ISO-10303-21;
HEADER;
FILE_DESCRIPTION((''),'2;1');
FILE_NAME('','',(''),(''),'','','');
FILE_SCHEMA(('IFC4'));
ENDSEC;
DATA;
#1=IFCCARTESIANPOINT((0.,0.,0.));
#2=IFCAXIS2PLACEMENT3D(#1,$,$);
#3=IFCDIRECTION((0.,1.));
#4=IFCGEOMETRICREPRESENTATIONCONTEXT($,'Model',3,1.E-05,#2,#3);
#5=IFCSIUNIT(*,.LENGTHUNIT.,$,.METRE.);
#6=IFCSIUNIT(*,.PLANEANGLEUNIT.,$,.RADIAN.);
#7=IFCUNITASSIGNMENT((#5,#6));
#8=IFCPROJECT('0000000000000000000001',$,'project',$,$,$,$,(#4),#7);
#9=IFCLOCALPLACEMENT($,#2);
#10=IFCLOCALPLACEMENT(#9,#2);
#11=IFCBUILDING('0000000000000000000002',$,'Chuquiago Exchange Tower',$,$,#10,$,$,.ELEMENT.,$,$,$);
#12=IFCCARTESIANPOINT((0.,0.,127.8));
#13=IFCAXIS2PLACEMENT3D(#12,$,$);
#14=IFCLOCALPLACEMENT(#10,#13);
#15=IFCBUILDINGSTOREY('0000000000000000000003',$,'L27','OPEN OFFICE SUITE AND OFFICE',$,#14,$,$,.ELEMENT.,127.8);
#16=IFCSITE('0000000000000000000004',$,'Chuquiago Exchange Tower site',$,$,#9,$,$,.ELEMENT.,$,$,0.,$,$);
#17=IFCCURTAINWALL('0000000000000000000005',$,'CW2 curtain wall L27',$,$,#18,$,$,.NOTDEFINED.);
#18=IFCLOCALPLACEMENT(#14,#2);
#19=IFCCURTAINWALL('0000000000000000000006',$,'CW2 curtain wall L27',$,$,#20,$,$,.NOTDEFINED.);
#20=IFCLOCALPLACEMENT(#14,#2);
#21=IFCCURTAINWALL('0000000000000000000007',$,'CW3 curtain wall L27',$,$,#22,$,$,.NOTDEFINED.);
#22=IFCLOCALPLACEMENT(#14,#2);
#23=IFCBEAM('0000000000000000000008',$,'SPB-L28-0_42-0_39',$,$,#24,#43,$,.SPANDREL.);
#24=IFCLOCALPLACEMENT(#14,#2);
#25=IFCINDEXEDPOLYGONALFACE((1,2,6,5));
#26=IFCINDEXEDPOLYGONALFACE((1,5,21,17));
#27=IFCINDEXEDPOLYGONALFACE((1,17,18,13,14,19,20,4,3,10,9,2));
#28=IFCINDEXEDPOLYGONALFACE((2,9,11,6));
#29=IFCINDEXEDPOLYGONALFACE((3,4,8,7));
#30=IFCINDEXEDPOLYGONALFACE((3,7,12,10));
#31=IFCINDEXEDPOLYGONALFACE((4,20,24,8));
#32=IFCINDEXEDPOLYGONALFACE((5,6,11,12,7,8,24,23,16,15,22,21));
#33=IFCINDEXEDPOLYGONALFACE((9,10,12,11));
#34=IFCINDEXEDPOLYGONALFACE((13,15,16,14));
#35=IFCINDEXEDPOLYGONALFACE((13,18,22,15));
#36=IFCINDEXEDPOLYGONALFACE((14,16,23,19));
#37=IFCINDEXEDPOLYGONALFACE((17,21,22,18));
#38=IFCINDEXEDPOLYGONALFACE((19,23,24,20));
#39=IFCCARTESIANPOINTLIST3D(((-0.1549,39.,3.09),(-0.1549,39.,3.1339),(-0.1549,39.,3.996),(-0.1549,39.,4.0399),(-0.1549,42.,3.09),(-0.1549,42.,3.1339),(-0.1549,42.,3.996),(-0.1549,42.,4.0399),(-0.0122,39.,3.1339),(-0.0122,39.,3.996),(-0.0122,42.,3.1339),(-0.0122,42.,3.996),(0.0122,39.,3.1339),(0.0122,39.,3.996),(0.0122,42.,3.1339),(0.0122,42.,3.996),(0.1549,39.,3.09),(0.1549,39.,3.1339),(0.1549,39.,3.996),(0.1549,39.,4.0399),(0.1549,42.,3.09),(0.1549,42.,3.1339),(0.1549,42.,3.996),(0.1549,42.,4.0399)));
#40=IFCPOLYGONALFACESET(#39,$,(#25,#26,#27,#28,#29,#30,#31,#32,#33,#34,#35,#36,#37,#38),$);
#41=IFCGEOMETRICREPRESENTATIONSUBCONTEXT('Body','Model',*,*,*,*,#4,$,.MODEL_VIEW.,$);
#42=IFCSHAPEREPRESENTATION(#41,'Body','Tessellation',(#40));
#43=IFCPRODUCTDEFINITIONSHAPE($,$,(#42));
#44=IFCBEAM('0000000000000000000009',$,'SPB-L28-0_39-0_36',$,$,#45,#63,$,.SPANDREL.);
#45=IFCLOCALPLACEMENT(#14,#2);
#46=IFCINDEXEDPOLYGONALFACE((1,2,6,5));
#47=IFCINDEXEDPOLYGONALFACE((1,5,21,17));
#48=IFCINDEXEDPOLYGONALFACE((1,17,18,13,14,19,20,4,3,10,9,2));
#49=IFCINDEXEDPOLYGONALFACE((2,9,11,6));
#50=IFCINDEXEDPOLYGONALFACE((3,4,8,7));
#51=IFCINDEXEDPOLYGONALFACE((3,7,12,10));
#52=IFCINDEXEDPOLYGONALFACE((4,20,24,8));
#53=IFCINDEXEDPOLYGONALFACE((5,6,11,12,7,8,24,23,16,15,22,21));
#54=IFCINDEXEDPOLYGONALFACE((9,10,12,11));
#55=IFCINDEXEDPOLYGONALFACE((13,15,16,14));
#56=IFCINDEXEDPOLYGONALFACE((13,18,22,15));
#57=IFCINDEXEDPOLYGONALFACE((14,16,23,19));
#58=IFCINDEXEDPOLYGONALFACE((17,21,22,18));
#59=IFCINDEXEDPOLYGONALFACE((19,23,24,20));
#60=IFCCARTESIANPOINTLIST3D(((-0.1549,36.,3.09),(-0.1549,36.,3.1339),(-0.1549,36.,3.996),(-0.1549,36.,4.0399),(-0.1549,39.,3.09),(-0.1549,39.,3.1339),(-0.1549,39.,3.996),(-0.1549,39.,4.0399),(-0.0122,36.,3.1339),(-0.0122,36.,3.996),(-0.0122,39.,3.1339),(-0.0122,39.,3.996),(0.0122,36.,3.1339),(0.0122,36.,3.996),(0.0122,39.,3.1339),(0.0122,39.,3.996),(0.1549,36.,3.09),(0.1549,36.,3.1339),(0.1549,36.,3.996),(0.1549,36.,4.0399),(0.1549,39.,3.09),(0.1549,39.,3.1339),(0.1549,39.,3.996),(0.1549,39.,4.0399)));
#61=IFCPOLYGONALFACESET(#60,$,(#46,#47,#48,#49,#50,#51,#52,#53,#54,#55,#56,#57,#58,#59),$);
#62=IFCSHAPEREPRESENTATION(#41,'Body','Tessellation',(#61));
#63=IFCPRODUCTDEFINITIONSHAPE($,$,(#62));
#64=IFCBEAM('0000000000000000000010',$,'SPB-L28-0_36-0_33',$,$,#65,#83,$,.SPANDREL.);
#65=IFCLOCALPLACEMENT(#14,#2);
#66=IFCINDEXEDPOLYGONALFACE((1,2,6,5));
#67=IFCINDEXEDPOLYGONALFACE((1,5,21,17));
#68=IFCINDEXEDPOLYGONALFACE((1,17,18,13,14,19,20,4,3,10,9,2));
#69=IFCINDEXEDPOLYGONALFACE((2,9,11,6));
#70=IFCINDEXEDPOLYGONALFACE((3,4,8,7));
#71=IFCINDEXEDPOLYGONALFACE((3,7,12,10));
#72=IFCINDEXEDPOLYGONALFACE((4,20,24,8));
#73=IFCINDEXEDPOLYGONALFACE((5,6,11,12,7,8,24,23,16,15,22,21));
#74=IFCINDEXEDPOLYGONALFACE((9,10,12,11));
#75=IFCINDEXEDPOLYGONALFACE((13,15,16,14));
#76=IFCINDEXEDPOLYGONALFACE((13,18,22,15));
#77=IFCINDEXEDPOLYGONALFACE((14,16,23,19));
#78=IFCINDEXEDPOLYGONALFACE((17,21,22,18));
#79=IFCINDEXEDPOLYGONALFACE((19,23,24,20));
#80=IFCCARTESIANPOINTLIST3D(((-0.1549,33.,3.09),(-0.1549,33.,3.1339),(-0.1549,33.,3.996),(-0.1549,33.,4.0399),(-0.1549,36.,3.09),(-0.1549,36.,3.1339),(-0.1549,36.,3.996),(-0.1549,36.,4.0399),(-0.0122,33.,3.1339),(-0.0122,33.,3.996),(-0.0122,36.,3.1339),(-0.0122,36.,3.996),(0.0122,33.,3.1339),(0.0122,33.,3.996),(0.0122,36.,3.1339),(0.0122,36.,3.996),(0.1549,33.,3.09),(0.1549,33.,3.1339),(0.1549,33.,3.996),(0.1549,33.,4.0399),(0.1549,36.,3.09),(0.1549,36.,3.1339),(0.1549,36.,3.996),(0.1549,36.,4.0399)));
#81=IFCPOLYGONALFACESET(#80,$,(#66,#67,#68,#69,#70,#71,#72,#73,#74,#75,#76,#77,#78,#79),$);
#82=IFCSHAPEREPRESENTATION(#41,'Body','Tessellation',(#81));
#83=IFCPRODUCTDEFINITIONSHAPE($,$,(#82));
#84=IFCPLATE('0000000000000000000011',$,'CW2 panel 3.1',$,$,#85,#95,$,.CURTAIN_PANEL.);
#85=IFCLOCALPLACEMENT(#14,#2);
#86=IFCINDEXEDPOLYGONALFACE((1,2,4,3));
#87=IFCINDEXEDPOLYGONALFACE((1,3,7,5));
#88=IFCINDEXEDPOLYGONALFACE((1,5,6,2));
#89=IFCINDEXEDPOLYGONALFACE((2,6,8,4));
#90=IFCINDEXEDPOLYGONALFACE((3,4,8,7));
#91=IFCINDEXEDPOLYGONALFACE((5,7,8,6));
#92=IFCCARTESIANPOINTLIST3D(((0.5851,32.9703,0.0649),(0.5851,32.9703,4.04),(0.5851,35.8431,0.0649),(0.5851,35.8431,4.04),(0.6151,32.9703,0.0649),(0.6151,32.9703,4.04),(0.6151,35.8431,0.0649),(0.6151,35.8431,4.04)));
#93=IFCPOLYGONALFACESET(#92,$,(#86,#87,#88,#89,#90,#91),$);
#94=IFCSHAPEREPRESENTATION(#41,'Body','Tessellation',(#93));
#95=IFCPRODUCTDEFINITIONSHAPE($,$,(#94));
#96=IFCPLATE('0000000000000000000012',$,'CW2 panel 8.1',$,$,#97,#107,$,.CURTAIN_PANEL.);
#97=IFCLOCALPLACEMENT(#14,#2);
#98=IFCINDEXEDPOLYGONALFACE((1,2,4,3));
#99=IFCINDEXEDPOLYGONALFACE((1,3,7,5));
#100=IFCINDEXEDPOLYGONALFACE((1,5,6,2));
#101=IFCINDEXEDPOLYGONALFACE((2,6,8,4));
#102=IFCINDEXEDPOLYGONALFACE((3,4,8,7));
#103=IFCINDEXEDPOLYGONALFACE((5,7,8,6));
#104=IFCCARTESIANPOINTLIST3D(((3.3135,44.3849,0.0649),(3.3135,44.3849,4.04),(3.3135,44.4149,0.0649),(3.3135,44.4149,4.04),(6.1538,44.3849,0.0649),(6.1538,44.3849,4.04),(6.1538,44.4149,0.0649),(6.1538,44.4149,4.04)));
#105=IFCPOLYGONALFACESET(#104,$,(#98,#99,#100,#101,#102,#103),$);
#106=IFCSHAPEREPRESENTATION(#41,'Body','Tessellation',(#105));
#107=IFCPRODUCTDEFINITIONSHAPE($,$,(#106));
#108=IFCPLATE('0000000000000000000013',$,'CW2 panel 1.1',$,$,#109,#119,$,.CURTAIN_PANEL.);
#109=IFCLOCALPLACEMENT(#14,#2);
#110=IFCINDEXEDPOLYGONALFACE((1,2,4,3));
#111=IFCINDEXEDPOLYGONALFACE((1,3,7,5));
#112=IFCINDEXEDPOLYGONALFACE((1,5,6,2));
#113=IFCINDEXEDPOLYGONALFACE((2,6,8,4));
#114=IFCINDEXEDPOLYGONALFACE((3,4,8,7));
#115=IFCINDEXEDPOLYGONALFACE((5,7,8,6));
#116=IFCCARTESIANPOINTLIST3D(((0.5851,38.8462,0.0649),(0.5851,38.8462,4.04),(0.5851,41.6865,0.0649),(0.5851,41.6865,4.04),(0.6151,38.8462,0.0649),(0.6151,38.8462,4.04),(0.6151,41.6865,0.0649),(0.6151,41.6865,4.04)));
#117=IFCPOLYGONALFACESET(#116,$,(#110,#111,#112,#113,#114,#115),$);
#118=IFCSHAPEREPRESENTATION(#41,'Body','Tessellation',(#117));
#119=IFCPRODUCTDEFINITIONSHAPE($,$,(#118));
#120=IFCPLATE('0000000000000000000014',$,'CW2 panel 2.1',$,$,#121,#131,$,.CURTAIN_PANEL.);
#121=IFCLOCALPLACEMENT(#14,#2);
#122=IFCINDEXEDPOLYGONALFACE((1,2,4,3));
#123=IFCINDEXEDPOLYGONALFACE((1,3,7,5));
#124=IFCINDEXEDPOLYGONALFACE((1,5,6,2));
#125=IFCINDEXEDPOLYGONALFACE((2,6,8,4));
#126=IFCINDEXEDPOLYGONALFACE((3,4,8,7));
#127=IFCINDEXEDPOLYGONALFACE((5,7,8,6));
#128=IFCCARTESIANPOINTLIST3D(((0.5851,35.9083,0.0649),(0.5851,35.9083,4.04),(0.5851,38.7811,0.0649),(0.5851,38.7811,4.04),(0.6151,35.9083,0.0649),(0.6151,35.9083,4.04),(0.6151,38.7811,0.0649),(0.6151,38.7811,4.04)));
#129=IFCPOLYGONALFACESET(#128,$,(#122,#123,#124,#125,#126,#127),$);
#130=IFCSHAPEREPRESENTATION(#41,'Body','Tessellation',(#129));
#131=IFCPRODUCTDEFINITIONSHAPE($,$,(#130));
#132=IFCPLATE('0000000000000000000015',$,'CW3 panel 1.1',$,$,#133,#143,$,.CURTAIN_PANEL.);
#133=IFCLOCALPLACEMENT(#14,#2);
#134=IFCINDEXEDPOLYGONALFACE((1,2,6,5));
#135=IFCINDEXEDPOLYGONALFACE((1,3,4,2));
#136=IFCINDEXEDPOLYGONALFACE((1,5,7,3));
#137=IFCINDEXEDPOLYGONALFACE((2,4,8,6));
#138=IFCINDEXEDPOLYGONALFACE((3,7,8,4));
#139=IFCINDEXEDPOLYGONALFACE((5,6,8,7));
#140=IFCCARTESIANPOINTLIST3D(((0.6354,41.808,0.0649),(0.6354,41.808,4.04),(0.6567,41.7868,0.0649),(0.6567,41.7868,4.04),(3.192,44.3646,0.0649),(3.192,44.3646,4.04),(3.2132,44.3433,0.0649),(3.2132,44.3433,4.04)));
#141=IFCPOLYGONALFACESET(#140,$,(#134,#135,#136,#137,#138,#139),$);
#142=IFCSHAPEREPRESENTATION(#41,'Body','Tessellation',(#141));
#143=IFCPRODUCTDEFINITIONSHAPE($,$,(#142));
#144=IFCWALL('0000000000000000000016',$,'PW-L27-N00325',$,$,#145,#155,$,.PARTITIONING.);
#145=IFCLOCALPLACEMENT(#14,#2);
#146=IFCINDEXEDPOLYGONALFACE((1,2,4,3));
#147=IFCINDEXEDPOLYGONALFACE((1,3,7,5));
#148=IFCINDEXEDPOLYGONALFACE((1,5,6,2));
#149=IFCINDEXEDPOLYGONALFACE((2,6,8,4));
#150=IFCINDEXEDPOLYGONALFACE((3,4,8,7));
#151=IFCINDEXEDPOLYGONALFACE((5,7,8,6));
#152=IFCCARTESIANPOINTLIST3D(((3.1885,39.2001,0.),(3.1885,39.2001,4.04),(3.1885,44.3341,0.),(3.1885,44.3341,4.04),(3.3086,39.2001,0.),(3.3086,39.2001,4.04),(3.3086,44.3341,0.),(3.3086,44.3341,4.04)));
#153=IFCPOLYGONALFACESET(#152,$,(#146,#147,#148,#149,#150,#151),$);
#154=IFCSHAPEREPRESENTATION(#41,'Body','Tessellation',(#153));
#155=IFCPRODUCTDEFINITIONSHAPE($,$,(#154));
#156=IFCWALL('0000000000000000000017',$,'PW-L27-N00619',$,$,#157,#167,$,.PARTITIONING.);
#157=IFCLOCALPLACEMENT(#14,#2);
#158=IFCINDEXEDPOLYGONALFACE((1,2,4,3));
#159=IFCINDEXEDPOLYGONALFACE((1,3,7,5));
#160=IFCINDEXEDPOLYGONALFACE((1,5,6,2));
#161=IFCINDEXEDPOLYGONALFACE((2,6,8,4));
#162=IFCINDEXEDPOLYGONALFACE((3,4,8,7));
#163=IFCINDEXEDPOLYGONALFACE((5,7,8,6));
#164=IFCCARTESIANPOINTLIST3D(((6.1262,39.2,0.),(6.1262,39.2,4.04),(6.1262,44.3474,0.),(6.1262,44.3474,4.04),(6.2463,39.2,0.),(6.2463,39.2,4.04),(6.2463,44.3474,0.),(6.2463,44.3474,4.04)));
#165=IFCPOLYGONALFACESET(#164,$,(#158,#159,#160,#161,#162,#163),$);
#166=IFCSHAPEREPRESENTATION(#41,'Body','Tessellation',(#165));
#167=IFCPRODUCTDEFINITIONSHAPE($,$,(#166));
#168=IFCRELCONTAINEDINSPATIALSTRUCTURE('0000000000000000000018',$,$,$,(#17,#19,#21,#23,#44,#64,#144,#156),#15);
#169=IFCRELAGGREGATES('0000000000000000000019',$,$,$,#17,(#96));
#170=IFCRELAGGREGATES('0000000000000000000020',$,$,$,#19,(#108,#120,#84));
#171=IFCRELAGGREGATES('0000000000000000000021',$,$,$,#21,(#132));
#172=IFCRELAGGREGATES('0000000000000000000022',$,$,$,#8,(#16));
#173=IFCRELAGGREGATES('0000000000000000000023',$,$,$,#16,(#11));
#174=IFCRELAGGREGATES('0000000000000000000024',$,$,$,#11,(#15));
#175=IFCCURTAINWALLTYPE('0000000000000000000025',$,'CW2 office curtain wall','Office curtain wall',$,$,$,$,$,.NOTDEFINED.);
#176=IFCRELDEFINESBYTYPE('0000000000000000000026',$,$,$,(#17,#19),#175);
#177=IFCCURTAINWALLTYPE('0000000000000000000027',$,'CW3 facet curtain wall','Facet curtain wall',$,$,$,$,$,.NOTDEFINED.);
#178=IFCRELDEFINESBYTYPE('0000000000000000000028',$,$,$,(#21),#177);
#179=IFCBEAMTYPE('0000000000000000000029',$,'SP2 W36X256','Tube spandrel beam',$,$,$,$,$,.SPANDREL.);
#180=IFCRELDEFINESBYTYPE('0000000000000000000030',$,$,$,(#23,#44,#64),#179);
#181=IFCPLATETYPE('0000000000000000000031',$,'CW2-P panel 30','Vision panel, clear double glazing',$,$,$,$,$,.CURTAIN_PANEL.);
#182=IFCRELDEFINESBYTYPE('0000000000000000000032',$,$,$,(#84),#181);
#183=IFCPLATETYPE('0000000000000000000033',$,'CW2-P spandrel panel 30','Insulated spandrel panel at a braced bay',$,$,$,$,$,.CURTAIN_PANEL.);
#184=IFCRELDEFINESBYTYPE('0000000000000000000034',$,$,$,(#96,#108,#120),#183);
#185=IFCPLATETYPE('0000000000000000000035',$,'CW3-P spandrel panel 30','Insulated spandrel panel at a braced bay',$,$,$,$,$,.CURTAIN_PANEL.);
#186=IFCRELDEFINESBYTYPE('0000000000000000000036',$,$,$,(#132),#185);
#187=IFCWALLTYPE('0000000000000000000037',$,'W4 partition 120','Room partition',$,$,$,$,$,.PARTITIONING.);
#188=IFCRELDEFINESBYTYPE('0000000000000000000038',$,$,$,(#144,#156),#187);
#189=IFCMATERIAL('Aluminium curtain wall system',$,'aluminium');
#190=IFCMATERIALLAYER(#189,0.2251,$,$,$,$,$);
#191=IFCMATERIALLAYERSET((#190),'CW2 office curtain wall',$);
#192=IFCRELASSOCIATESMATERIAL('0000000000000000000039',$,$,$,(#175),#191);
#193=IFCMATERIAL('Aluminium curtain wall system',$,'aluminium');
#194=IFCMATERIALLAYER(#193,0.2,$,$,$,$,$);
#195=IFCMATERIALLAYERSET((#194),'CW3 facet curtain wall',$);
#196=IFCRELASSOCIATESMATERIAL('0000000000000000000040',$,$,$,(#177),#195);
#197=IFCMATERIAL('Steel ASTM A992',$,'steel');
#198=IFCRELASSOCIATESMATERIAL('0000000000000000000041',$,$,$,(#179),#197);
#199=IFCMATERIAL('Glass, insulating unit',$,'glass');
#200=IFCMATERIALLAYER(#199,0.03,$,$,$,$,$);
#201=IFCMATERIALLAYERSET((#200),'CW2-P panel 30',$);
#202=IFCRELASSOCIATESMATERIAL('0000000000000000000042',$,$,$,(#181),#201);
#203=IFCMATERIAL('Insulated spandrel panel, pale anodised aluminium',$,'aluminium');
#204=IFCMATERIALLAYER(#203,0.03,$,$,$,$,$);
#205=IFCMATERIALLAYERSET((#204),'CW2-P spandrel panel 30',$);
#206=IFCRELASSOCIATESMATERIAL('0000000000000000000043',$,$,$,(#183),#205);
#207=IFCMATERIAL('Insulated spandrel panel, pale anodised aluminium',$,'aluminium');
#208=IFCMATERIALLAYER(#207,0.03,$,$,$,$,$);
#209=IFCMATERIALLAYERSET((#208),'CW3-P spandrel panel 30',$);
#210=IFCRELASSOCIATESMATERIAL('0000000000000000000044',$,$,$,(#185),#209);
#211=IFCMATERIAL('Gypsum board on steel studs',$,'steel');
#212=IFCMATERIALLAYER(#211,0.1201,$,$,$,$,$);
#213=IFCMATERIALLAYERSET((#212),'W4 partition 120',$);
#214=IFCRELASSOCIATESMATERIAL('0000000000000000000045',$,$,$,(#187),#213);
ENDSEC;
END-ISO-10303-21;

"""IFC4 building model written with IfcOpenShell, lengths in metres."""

from ifc_helpers import new_model, si_unit, direction, frame, frame_2d, origin, origin_2d, place, context, subcontext, project, spatial, rectangle, i_section, extrude, material, layer, layer_set, material_profile, profile_set, type_object, element, aggregate, save


model = new_model("IFC4")

# Units and contexts
model_context = context("Model", 3, precision=1e-05, world=origin(), true_north=direction((0.0, 1.0)))
body_context = subcontext(model_context, "Body", "Model", "MODEL_VIEW")
ifc_project = project(units=[si_unit("LENGTHUNIT", "METRE"), si_unit("PLANEANGLEUNIT", "RADIAN")], contexts=[model_context])

# Site, building, storey
site_placement = place(None, origin())
site = spatial("IfcSite", under=ifc_project, at=site_placement, Name="Chuquiago Exchange Tower site", CompositionType="ELEMENT", RefElevation=0.0)
building_placement = place(site_placement, origin())
building = spatial("IfcBuilding", under=site, at=building_placement, Name="Chuquiago Exchange Tower", CompositionType="ELEMENT")
storey_placement = place(building_placement, frame((0.0, 0.0, 127.8)))
storey = spatial("IfcBuildingStorey", under=building, at=storey_placement, Name="L27", Description="OPEN OFFICE SUITE AND OFFICE", CompositionType="ELEMENT", Elevation=127.8)

# Curtain walls
ifc_material_1 = material(Name="Aluminium curtain wall system", Category="aluminium")
ifc_layer_1 = layer(ifc_material_1, 0.2251)
ifc_layer_set_1 = layer_set([ifc_layer_1], Name="CW2 office curtain wall")
curtain_wall_type_1 = type_object("IfcCurtainWallType", Name="CW2 office curtain wall", Description="Office curtain wall", PredefinedType="NOTDEFINED", material=ifc_layer_set_1)
curtain_wall_1_placement = place(storey_placement, origin())
curtain_wall_1 = element("IfcCurtainWall", 1, at=curtain_wall_1_placement, inside=storey, type_object=curtain_wall_type_1, Name="CW2 curtain wall L27", PredefinedType="NOTDEFINED")
curtain_wall_2_placement = place(storey_placement, origin())
curtain_wall_2 = element("IfcCurtainWall", 2, at=curtain_wall_2_placement, inside=storey, type_object=curtain_wall_type_1, Name="CW2 curtain wall L27", PredefinedType="NOTDEFINED")

# Curtain wall
ifc_material_2 = material(Name="Aluminium curtain wall system", Category="aluminium")
ifc_layer_2 = layer(ifc_material_2, 0.2)
ifc_layer_set_2 = layer_set([ifc_layer_2], Name="CW3 facet curtain wall")
curtain_wall_type_2 = type_object("IfcCurtainWallType", Name="CW3 facet curtain wall", Description="Facet curtain wall", PredefinedType="NOTDEFINED", material=ifc_layer_set_2)
curtain_wall_3_placement = place(storey_placement, origin())
curtain_wall_3 = element("IfcCurtainWall", 3, at=curtain_wall_3_placement, inside=storey, type_object=curtain_wall_type_2, Name="CW3 curtain wall L27", PredefinedType="NOTDEFINED")

# Beams
ifc_material_3 = material(Name="Steel ASTM A992", Category="steel")
ifc_material_profile_1 = material_profile(ifc_material_3, i_section(OverallWidth=0.3098, OverallDepth=0.95, WebThickness=0.0244, FlangeThickness=0.0439, at=origin_2d()), Name="W36X256")
ifc_profile_set_1 = profile_set([ifc_material_profile_1], Name="Steel ASTM A992")
beam_type = type_object("IfcBeamType", Name="SP2 W36X256", Description="Tube spandrel beam", PredefinedType="SPANDREL", material=ifc_profile_set_1)
for number, where, z_axis, x_axis, name in (
    (4, (0.0, 42.0, 3.5649), (0.0, -1.0, 0.0), (1.0, 0.0, 0.0), "SPB-L28-0_42-0_39"),
    (5, (0.0, 39.0, 3.5649), (0.0, -1.0, 0.0), (1.0, 0.0, 0.0), "SPB-L28-0_39-0_36"),
    (6, (0.0, 36.0, 3.5649), (0.0, -1.0, 0.0), (1.0, 0.0, 0.0), "SPB-L28-0_36-0_33"),
):
    element("IfcBeam", number, at=place(storey_placement, frame(where, z_axis=z_axis, x_axis=x_axis)), inside=storey, type_object=beam_type, Name=name, PredefinedType="SPANDREL", context=body_context, shape_type="SweptSolid", body=[
        extrude(i_section(OverallWidth=0.3098, OverallDepth=0.95, WebThickness=0.0244, FlangeThickness=0.0439, at=origin_2d()), origin(), (0.0, 0.0, 1.0), 3.0),
    ])

# Plates
ifc_material_4 = material(Name="Glass, insulating unit", Category="glass")
ifc_layer_3 = layer(ifc_material_4, 0.03)
ifc_layer_set_3 = layer_set([ifc_layer_3], Name="CW2-P panel 30")
plate_type_1 = type_object("IfcPlateType", Name="CW2-P panel 30", Description="Vision panel, clear double glazing", PredefinedType="CURTAIN_PANEL", material=ifc_layer_set_3)
plate_1_placement = place(storey_placement, frame((0.6001, 34.4067, 0.0649), z_axis=(0.0, 0.0, 1.0), x_axis=(0.0, -1.0, 0.0)))
plate_1 = element("IfcPlate", 7, at=plate_1_placement, type_object=plate_type_1, Name="CW2 panel 3.1", PredefinedType="CURTAIN_PANEL", context=body_context, shape_type="SweptSolid", body=[
    extrude(rectangle(XDim=2.8728, YDim=0.03, at=origin_2d()), origin(), (0.0, 0.0, 1.0), 3.9751),
])
ifc_material_5 = material(Name="Insulated spandrel panel, pale anodised aluminium", Category="aluminium")
ifc_layer_4 = layer(ifc_material_5, 0.03)
ifc_layer_set_4 = layer_set([ifc_layer_4], Name="CW2-P spandrel panel 30")
plate_type_2 = type_object("IfcPlateType", Name="CW2-P spandrel panel 30", Description="Insulated spandrel panel at a braced bay", PredefinedType="CURTAIN_PANEL", material=ifc_layer_set_4)
plate_2_placement = place(storey_placement, frame((4.7336, 44.3999, 0.0649), z_axis=(0.0, 0.0, 1.0), x_axis=(-1.0, 0.0, 0.0)))
plate_2 = element("IfcPlate", 8, at=plate_2_placement, type_object=plate_type_2, Name="CW2 panel 8.1", PredefinedType="CURTAIN_PANEL", context=body_context, shape_type="SweptSolid", body=[
    extrude(rectangle(XDim=2.8403, YDim=0.03, at=origin_2d()), origin(), (0.0, 0.0, 1.0), 3.9751),
])
aggregate(curtain_wall_1, [plate_2])
plate_3_placement = place(storey_placement, frame((0.6001, 40.2664, 0.0649), z_axis=(0.0, 0.0, 1.0), x_axis=(0.0, -1.0, 0.0)))
plate_3 = element("IfcPlate", 9, at=plate_3_placement, type_object=plate_type_2, Name="CW2 panel 1.1", PredefinedType="CURTAIN_PANEL", context=body_context, shape_type="SweptSolid", body=[
    extrude(rectangle(XDim=2.8403, YDim=0.03, at=origin_2d()), origin(), (0.0, 0.0, 1.0), 3.9751),
])
plate_4_placement = place(storey_placement, frame((0.6001, 37.3447, 0.0649), z_axis=(0.0, 0.0, 1.0), x_axis=(0.0, -1.0, 0.0)))
plate_4 = element("IfcPlate", 10, at=plate_4_placement, type_object=plate_type_2, Name="CW2 panel 2.1", PredefinedType="CURTAIN_PANEL", context=body_context, shape_type="SweptSolid", body=[
    extrude(rectangle(XDim=2.8728, YDim=0.03, at=origin_2d()), origin(), (0.0, 0.0, 1.0), 3.9751),
])
aggregate(curtain_wall_2, [plate_3, plate_4, plate_1])
ifc_material_6 = material(Name="Insulated spandrel panel, pale anodised aluminium", Category="aluminium")
ifc_layer_5 = layer(ifc_material_6, 0.03)
ifc_layer_set_5 = layer_set([ifc_layer_5], Name="CW3-P spandrel panel 30")
plate_type_3 = type_object("IfcPlateType", Name="CW3-P spandrel panel 30", Description="Insulated spandrel panel at a braced bay", PredefinedType="CURTAIN_PANEL", material=ifc_layer_set_5)
plate_5_placement = place(storey_placement, frame((1.9243, 43.0757, 0.0649), z_axis=(0.0, 0.0, 1.0), x_axis=(-0.707107, -0.707107, 0.0)))
plate_5 = element("IfcPlate", 11, at=plate_5_placement, type_object=plate_type_3, Name="CW3 panel 1.1", PredefinedType="CURTAIN_PANEL", context=body_context, shape_type="SweptSolid", body=[
    extrude(rectangle(XDim=3.6155, YDim=0.03, at=origin_2d()), origin(), (0.0, 0.0, 1.0), 3.9751),
])
aggregate(curtain_wall_3, [plate_5])

# Walls
ifc_material_7 = material(Name="Gypsum board on steel studs", Category="steel")
ifc_layer_6 = layer(ifc_material_7, 0.1201)
ifc_layer_set_6 = layer_set([ifc_layer_6], Name="W4 partition 120")
wall_type = type_object("IfcWallType", Name="W4 partition 120", Description="Room partition", PredefinedType="PARTITIONING", material=ifc_layer_set_6)
wall_1_placement = place(storey_placement, frame((3.2485, 44.334, 0.0), z_axis=(0.0, 0.0, 1.0), x_axis=(0.0, -1.0, 0.0)))
element("IfcWall", 12, at=wall_1_placement, inside=storey, type_object=wall_type, Name="PW-L27-N00325", PredefinedType="PARTITIONING", context=body_context, shape_type="SweptSolid", body=[
    extrude(rectangle(XDim=5.134, YDim=0.1201, at=frame_2d((2.5669, 0.0))), origin(), (0.0, 0.0, 1.0), 4.04),
])
wall_2_placement = place(storey_placement, frame((6.1863, 44.3474, 0.0), z_axis=(0.0, 0.0, 1.0), x_axis=(0.0, -1.0, 0.0)))
element("IfcWall", 13, at=wall_2_placement, inside=storey, type_object=wall_type, Name="PW-L27-N00619", PredefinedType="PARTITIONING", context=body_context, shape_type="SweptSolid", body=[
    extrude(rectangle(XDim=5.1475, YDim=0.1201, at=frame_2d((2.5737, 0.0))), origin(), (0.0, 0.0, 1.0), 4.04),
])

save(model, "model.ifc")
